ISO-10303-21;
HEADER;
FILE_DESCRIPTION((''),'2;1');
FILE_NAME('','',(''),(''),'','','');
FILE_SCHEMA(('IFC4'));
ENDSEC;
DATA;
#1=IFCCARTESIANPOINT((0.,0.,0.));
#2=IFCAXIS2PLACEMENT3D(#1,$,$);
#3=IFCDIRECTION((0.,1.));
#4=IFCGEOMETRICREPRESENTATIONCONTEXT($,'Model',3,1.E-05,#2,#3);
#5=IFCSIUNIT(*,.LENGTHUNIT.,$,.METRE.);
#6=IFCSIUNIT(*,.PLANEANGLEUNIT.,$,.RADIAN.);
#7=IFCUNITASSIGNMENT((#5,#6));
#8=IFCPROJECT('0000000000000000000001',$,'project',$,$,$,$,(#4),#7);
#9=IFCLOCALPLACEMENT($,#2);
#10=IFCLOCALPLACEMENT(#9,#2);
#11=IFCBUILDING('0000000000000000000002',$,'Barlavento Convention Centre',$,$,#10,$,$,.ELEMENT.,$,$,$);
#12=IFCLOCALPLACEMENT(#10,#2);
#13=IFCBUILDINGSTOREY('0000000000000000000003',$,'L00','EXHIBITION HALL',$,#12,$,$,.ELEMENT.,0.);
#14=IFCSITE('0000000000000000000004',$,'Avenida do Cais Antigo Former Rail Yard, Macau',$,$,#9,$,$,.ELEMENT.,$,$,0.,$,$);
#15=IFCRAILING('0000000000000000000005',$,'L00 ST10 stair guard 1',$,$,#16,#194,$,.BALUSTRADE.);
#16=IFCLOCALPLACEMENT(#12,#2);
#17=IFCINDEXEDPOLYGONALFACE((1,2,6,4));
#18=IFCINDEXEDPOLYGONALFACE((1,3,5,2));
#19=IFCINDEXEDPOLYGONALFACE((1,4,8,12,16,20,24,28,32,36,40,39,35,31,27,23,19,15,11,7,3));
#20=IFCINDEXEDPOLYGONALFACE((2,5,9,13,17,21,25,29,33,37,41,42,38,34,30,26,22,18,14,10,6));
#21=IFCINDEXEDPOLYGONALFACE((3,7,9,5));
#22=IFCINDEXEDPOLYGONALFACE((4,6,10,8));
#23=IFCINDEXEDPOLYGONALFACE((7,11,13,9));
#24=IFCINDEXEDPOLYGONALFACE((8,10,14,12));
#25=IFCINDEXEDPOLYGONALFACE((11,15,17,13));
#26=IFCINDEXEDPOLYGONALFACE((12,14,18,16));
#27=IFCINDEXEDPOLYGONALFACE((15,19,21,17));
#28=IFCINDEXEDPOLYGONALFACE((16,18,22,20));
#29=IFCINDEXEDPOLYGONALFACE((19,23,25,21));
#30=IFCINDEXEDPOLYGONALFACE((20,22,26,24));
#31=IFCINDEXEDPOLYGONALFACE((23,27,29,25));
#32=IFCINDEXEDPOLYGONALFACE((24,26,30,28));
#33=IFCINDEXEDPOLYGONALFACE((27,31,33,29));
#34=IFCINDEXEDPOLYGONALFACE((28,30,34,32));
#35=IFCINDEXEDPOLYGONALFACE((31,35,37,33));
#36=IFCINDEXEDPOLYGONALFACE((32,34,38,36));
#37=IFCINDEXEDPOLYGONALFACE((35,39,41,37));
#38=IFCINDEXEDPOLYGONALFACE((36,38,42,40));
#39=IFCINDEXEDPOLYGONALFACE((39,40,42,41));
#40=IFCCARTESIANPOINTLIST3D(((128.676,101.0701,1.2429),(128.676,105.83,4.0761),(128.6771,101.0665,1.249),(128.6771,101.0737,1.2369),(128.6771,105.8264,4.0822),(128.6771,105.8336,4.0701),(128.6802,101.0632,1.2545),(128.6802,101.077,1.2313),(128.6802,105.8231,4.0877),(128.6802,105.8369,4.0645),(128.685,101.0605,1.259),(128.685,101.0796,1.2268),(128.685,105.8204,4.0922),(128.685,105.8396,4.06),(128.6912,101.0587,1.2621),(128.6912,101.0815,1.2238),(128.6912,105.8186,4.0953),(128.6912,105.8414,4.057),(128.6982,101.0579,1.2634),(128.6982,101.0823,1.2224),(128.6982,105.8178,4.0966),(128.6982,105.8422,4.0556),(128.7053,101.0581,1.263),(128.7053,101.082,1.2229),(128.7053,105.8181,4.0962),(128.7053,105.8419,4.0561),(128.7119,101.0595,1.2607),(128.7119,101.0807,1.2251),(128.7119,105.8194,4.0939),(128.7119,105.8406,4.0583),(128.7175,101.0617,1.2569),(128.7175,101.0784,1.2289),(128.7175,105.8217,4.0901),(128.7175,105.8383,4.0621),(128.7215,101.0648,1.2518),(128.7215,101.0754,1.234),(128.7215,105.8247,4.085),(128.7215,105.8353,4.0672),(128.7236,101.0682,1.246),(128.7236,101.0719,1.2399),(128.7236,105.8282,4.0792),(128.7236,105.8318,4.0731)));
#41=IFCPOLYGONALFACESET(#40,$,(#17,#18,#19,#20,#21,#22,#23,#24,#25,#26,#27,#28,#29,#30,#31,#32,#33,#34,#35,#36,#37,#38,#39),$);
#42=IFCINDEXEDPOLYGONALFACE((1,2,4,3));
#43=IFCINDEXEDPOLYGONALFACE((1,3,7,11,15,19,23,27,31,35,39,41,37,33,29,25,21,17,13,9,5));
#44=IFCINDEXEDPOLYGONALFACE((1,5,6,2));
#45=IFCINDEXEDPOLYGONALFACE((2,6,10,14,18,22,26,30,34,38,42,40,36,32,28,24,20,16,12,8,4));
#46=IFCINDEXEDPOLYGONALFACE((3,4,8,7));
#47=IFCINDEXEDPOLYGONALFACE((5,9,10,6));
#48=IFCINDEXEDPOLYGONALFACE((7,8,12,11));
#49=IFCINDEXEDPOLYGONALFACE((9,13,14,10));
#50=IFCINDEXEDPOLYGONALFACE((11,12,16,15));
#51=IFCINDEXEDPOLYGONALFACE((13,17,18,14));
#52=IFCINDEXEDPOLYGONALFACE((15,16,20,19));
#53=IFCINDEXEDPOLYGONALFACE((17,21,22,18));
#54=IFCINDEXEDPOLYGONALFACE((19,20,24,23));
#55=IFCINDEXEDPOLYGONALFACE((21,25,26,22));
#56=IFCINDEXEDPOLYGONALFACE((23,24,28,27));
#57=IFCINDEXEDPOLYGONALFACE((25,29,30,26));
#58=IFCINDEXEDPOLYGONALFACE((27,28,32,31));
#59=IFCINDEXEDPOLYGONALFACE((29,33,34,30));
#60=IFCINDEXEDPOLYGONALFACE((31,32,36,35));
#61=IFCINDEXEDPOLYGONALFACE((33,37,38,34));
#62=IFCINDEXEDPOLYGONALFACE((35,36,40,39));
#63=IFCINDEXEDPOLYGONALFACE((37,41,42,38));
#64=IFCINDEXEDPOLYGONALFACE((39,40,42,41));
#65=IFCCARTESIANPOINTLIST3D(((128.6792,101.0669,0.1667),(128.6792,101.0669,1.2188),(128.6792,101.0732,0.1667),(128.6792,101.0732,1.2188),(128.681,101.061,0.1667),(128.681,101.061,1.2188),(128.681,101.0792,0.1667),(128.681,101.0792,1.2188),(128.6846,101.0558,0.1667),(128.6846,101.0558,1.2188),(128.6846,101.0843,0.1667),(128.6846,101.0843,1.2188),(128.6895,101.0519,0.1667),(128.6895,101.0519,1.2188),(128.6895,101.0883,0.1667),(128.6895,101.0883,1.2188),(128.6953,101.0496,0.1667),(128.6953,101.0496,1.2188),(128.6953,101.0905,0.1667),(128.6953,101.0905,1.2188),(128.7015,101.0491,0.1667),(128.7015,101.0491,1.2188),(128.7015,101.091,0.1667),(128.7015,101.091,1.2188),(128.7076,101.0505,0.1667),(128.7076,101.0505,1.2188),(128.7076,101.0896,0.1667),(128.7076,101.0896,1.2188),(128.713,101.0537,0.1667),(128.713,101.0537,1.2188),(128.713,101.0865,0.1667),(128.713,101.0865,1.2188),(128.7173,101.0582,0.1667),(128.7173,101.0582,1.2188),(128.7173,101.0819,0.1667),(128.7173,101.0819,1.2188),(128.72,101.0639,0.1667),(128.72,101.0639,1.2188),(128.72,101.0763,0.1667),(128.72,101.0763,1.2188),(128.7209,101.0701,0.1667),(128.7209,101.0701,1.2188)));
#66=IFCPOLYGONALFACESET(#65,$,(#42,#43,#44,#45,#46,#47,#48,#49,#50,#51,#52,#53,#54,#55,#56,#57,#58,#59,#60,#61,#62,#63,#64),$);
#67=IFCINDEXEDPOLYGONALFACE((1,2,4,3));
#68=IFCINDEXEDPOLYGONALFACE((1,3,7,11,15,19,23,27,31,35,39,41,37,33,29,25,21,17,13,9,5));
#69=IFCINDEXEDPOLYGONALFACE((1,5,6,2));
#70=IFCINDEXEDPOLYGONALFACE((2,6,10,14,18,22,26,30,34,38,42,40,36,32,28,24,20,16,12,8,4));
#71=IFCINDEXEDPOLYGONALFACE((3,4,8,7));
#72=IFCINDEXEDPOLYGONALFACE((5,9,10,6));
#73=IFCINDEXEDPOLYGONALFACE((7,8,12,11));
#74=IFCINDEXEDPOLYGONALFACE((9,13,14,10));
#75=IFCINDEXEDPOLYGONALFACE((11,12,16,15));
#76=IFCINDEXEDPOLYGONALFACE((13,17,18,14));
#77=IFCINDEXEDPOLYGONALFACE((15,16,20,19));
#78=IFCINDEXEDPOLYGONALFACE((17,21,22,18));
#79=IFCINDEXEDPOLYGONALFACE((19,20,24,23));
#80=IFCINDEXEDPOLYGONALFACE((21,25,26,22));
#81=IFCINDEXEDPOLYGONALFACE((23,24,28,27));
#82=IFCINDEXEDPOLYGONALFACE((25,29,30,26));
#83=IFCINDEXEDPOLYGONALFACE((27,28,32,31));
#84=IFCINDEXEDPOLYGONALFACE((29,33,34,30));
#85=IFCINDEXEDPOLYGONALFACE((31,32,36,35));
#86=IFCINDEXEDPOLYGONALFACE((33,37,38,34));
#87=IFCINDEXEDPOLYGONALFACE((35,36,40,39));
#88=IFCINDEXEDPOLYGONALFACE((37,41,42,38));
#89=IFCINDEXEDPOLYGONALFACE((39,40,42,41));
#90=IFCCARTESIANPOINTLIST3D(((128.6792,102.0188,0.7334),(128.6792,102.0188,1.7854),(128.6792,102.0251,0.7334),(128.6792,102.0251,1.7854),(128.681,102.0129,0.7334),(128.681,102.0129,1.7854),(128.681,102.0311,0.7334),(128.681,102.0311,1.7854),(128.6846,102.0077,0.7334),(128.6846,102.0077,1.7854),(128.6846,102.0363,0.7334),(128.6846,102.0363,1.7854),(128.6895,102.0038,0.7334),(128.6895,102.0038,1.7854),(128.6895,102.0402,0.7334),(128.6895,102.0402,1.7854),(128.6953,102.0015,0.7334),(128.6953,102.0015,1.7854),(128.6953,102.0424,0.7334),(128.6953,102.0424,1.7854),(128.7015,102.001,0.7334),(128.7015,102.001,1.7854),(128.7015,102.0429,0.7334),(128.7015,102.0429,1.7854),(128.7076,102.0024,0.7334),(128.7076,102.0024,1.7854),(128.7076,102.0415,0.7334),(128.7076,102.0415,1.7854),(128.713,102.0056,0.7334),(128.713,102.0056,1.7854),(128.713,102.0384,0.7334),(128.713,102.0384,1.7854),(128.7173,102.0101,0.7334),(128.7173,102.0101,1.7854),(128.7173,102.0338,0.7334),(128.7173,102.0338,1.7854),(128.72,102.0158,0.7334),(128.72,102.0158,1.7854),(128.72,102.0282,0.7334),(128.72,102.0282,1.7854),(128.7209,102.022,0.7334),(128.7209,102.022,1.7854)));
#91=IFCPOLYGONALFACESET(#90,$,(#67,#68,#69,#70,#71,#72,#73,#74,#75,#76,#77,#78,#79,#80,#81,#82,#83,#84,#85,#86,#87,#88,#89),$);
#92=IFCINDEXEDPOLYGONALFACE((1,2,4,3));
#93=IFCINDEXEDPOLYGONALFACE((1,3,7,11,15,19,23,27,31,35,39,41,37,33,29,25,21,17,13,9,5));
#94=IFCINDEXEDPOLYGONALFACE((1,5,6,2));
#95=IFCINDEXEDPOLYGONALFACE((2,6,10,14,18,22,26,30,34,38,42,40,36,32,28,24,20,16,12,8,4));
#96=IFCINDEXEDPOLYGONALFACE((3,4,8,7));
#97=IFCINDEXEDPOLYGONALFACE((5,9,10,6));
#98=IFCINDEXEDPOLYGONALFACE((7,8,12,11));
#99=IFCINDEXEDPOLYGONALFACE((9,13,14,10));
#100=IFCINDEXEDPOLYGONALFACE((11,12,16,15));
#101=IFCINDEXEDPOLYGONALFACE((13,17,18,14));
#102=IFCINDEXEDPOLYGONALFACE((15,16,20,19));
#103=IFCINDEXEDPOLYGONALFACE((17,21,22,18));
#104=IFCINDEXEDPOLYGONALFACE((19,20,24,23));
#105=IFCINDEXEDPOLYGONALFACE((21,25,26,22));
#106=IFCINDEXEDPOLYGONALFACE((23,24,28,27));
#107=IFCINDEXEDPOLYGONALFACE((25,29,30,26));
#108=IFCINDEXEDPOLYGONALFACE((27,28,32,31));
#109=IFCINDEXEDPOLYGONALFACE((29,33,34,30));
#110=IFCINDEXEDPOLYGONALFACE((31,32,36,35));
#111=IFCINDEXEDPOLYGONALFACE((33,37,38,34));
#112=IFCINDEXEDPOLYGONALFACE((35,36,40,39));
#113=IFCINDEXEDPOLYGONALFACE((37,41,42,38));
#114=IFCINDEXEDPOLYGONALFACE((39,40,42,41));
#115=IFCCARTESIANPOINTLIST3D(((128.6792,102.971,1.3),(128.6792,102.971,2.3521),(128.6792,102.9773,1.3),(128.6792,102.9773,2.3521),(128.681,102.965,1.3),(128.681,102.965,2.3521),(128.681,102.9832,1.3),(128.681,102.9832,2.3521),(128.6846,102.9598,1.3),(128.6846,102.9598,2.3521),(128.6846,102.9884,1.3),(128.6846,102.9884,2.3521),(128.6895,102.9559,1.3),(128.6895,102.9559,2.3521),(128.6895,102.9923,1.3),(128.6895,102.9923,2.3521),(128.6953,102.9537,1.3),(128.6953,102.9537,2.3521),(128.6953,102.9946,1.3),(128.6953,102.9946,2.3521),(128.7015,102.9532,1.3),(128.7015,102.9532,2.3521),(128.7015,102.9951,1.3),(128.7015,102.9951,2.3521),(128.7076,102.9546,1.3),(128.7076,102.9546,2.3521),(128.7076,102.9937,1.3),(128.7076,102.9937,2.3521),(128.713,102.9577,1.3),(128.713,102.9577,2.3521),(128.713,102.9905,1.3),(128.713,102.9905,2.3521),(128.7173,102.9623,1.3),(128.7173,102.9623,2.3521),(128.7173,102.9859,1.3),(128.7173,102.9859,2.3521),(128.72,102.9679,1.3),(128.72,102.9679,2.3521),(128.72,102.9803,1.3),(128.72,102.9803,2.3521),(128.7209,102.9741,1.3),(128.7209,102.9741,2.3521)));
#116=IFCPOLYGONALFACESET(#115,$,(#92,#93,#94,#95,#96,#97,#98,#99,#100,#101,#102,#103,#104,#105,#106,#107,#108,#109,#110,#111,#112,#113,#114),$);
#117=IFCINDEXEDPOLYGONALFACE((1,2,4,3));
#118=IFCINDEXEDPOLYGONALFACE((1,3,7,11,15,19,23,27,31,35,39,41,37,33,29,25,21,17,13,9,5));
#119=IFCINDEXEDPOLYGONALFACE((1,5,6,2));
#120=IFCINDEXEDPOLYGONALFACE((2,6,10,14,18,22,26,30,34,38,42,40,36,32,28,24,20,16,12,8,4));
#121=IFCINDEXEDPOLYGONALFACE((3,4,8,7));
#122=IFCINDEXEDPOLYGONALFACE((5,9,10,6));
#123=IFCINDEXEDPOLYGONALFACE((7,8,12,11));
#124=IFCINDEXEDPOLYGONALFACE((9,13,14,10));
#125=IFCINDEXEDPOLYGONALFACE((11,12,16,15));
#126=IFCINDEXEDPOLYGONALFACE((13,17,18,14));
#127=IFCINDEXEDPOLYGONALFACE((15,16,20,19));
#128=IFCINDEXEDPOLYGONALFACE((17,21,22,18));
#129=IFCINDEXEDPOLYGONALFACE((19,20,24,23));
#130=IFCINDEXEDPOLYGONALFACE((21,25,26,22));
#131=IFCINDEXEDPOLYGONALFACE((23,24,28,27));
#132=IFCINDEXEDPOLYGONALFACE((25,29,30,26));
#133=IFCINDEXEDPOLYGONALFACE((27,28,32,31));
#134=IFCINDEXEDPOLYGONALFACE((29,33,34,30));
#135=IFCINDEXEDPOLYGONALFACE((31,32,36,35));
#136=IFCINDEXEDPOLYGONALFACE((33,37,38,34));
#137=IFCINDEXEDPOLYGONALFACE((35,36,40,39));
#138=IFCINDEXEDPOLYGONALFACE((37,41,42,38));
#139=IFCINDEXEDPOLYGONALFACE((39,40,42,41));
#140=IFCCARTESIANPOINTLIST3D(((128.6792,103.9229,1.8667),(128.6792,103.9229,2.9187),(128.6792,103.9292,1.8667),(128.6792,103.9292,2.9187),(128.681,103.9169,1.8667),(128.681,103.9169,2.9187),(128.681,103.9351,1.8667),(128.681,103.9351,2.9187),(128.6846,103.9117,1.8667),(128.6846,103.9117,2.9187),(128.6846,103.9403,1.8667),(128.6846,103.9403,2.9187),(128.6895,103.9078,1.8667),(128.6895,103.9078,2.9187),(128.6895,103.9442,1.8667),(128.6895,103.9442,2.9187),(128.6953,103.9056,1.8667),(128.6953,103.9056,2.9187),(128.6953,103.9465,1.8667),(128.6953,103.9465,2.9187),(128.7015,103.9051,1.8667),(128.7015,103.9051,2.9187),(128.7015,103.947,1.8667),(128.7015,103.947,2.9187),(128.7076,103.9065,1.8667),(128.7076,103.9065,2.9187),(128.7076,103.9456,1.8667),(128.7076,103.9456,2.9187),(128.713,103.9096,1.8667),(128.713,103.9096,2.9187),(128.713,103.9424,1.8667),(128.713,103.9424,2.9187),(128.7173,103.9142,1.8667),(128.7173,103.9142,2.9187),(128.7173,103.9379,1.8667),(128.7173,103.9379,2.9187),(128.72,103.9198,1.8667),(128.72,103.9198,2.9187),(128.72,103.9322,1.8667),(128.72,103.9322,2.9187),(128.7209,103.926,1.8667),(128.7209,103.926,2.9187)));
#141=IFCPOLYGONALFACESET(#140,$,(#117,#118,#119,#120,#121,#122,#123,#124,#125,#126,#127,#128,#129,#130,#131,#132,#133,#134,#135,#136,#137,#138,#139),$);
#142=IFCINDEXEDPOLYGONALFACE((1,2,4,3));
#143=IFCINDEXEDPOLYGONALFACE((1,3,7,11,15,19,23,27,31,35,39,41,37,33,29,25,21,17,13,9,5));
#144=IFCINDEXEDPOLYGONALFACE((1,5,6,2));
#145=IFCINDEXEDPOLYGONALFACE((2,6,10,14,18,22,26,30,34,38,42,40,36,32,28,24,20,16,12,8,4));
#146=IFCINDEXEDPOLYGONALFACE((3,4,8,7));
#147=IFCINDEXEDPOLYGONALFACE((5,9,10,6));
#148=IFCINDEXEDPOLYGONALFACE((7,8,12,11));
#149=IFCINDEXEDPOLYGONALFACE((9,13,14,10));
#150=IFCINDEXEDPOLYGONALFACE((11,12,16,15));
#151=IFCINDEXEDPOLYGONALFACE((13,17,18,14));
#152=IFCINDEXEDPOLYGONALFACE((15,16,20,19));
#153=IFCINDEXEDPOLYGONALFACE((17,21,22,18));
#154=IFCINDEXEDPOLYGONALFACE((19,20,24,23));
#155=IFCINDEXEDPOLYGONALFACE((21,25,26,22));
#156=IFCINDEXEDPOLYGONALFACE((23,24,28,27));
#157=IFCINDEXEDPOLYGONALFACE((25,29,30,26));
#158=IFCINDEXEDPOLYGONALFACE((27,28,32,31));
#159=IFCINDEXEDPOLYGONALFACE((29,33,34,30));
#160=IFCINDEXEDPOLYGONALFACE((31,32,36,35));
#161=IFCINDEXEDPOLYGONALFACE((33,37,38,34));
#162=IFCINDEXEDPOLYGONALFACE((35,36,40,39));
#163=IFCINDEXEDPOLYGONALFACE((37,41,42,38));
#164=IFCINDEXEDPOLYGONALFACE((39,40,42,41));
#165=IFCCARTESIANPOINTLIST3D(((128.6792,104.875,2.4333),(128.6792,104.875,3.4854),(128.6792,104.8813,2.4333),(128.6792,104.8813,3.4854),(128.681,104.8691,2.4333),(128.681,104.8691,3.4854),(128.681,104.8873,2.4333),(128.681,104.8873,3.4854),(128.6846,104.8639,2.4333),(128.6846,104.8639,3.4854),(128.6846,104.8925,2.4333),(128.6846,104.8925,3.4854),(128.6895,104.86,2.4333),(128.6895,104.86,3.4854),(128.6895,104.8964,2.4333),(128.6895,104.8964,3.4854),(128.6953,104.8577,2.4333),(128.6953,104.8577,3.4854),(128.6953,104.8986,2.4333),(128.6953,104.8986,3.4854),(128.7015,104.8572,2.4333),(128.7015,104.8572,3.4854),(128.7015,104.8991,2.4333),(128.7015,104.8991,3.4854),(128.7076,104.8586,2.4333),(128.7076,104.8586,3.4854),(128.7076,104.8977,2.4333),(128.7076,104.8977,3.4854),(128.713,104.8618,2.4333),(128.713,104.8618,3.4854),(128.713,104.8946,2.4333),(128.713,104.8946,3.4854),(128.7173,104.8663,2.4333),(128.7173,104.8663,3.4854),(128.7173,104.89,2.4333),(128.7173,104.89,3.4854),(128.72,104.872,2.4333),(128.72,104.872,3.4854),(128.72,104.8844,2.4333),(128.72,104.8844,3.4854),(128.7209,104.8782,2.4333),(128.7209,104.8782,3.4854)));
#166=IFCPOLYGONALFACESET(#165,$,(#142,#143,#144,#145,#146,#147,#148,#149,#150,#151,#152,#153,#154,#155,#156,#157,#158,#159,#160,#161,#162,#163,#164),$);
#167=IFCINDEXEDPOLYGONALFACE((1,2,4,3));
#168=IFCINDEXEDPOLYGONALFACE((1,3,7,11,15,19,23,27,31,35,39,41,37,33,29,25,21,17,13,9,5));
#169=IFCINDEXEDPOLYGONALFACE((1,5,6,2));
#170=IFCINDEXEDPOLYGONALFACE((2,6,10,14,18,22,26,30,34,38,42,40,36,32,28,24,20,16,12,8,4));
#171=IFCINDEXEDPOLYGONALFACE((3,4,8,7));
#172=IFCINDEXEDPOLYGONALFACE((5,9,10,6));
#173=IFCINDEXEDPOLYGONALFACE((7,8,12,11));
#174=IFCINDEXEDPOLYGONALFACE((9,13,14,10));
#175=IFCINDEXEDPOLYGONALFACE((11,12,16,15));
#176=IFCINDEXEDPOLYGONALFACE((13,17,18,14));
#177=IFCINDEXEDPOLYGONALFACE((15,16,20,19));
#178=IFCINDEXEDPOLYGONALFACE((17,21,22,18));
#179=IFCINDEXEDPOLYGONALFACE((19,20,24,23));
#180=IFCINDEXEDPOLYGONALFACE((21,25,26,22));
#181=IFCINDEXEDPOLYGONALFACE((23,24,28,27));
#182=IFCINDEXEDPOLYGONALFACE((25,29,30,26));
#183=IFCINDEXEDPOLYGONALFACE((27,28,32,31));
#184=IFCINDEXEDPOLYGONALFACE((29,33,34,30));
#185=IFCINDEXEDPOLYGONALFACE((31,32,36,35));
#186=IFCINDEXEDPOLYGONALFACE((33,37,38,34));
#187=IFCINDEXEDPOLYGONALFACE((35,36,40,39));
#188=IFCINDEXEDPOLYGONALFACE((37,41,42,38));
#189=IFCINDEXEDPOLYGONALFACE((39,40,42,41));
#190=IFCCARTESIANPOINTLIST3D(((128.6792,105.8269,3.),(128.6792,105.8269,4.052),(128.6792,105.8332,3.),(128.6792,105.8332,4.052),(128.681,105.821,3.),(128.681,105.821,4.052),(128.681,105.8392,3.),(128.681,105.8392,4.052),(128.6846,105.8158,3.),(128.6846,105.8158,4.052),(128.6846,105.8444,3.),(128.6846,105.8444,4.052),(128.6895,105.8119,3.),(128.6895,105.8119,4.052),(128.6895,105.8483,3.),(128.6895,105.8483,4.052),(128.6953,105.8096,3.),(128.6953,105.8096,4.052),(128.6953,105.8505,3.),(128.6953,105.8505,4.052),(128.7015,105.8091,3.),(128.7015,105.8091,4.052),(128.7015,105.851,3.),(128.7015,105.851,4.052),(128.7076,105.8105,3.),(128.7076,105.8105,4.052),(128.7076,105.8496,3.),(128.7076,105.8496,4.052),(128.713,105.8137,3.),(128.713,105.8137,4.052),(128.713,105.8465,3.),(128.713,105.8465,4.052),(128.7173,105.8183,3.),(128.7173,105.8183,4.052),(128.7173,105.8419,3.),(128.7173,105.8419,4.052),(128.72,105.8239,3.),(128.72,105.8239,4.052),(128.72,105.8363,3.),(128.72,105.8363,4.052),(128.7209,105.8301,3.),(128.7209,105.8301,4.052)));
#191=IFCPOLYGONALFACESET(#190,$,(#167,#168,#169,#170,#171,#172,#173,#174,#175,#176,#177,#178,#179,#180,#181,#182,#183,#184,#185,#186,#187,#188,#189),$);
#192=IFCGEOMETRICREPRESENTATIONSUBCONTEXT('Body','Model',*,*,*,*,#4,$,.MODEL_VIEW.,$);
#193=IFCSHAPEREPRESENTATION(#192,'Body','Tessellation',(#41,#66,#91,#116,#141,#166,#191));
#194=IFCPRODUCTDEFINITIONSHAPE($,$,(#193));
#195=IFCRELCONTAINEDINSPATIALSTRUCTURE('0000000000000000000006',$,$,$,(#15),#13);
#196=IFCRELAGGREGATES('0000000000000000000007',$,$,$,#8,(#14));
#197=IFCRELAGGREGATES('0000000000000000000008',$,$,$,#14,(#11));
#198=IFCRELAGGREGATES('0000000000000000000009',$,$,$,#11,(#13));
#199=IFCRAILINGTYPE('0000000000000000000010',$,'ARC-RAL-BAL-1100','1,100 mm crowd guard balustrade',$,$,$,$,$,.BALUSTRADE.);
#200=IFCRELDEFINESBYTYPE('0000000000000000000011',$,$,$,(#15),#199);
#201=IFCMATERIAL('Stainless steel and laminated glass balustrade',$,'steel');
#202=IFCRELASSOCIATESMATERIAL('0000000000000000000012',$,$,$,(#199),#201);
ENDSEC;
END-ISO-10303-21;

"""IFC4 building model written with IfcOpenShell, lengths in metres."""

from ifc_helpers import new_model, si_unit, direction, frame, origin, origin_2d, place, context, subcontext, project, spatial, circle, extrude, material, type_object, element, save


model = new_model("IFC4")

# Units and contexts
model_context = context("Model", 3, precision=1e-05, world=origin(), true_north=direction((0.0, 1.0)))
body_context = subcontext(model_context, "Body", "Model", "MODEL_VIEW")
ifc_project = project(units=[si_unit("LENGTHUNIT", "METRE"), si_unit("PLANEANGLEUNIT", "RADIAN")], contexts=[model_context])

# Site, building, storey
site_placement = place(None, origin())
site = spatial("IfcSite", under=ifc_project, at=site_placement, Name="Avenida do Cais Antigo Former Rail Yard, Macau", CompositionType="ELEMENT", RefElevation=0.0)
building_placement = place(site_placement, origin())
building = spatial("IfcBuilding", under=site, at=building_placement, Name="Barlavento Convention Centre", CompositionType="ELEMENT")
storey_placement = place(building_placement, origin())
storey = spatial("IfcBuildingStorey", under=building, at=storey_placement, Name="L00", Description="EXHIBITION HALL", CompositionType="ELEMENT", Elevation=0.0)

# Railing
ifc_material_1 = material(Name="Stainless steel and laminated glass balustrade", Category="steel")
railing_type_1 = type_object("IfcRailingType", Name="ARC-RAL-BAL-1100", Description="1,100 mm crowd guard balustrade", PredefinedType="BALUSTRADE", material=ifc_material_1)
railing_1_placement = place(storey_placement, frame((128.7, 101.0701, 0.1667)))
element("IfcRailing", 1, at=railing_1_placement, inside=storey, type_object=railing_type_1, Name="L00 ST10 stair guard 1", PredefinedType="BALUSTRADE", context=body_context, shape_type="SweptSolid", body=[
    extrude(circle(Radius=0.0239, at=origin_2d()), frame((0.0, 0.0, 1.0762), z_axis=(0.0, 0.8593, 0.511472), x_axis=(-1.0, 0.0, 0.0)), (0.0, 0.0, 1.0), 5.5393),
    extrude(circle(Radius=0.021, at=origin_2d()), origin(), (0.0, 0.0, 1.0), 1.052),
    extrude(circle(Radius=0.021, at=origin_2d()), frame((0.0, 0.9519, 0.5667)), (0.0, 0.0, 1.0), 1.052),
    extrude(circle(Radius=0.021, at=origin_2d()), frame((0.0, 1.9041, 1.1333)), (0.0, 0.0, 1.0), 1.052),
    extrude(circle(Radius=0.021, at=origin_2d()), frame((0.0, 2.856, 1.7)), (0.0, 0.0, 1.0), 1.052),
    extrude(circle(Radius=0.021, at=origin_2d()), frame((0.0, 3.8081, 2.2666)), (0.0, 0.0, 1.0), 1.052),
    extrude(circle(Radius=0.021, at=origin_2d()), frame((0.0, 4.76, 2.8333)), (0.0, 0.0, 1.0), 1.052),
])

save(model, "model.ifc")
